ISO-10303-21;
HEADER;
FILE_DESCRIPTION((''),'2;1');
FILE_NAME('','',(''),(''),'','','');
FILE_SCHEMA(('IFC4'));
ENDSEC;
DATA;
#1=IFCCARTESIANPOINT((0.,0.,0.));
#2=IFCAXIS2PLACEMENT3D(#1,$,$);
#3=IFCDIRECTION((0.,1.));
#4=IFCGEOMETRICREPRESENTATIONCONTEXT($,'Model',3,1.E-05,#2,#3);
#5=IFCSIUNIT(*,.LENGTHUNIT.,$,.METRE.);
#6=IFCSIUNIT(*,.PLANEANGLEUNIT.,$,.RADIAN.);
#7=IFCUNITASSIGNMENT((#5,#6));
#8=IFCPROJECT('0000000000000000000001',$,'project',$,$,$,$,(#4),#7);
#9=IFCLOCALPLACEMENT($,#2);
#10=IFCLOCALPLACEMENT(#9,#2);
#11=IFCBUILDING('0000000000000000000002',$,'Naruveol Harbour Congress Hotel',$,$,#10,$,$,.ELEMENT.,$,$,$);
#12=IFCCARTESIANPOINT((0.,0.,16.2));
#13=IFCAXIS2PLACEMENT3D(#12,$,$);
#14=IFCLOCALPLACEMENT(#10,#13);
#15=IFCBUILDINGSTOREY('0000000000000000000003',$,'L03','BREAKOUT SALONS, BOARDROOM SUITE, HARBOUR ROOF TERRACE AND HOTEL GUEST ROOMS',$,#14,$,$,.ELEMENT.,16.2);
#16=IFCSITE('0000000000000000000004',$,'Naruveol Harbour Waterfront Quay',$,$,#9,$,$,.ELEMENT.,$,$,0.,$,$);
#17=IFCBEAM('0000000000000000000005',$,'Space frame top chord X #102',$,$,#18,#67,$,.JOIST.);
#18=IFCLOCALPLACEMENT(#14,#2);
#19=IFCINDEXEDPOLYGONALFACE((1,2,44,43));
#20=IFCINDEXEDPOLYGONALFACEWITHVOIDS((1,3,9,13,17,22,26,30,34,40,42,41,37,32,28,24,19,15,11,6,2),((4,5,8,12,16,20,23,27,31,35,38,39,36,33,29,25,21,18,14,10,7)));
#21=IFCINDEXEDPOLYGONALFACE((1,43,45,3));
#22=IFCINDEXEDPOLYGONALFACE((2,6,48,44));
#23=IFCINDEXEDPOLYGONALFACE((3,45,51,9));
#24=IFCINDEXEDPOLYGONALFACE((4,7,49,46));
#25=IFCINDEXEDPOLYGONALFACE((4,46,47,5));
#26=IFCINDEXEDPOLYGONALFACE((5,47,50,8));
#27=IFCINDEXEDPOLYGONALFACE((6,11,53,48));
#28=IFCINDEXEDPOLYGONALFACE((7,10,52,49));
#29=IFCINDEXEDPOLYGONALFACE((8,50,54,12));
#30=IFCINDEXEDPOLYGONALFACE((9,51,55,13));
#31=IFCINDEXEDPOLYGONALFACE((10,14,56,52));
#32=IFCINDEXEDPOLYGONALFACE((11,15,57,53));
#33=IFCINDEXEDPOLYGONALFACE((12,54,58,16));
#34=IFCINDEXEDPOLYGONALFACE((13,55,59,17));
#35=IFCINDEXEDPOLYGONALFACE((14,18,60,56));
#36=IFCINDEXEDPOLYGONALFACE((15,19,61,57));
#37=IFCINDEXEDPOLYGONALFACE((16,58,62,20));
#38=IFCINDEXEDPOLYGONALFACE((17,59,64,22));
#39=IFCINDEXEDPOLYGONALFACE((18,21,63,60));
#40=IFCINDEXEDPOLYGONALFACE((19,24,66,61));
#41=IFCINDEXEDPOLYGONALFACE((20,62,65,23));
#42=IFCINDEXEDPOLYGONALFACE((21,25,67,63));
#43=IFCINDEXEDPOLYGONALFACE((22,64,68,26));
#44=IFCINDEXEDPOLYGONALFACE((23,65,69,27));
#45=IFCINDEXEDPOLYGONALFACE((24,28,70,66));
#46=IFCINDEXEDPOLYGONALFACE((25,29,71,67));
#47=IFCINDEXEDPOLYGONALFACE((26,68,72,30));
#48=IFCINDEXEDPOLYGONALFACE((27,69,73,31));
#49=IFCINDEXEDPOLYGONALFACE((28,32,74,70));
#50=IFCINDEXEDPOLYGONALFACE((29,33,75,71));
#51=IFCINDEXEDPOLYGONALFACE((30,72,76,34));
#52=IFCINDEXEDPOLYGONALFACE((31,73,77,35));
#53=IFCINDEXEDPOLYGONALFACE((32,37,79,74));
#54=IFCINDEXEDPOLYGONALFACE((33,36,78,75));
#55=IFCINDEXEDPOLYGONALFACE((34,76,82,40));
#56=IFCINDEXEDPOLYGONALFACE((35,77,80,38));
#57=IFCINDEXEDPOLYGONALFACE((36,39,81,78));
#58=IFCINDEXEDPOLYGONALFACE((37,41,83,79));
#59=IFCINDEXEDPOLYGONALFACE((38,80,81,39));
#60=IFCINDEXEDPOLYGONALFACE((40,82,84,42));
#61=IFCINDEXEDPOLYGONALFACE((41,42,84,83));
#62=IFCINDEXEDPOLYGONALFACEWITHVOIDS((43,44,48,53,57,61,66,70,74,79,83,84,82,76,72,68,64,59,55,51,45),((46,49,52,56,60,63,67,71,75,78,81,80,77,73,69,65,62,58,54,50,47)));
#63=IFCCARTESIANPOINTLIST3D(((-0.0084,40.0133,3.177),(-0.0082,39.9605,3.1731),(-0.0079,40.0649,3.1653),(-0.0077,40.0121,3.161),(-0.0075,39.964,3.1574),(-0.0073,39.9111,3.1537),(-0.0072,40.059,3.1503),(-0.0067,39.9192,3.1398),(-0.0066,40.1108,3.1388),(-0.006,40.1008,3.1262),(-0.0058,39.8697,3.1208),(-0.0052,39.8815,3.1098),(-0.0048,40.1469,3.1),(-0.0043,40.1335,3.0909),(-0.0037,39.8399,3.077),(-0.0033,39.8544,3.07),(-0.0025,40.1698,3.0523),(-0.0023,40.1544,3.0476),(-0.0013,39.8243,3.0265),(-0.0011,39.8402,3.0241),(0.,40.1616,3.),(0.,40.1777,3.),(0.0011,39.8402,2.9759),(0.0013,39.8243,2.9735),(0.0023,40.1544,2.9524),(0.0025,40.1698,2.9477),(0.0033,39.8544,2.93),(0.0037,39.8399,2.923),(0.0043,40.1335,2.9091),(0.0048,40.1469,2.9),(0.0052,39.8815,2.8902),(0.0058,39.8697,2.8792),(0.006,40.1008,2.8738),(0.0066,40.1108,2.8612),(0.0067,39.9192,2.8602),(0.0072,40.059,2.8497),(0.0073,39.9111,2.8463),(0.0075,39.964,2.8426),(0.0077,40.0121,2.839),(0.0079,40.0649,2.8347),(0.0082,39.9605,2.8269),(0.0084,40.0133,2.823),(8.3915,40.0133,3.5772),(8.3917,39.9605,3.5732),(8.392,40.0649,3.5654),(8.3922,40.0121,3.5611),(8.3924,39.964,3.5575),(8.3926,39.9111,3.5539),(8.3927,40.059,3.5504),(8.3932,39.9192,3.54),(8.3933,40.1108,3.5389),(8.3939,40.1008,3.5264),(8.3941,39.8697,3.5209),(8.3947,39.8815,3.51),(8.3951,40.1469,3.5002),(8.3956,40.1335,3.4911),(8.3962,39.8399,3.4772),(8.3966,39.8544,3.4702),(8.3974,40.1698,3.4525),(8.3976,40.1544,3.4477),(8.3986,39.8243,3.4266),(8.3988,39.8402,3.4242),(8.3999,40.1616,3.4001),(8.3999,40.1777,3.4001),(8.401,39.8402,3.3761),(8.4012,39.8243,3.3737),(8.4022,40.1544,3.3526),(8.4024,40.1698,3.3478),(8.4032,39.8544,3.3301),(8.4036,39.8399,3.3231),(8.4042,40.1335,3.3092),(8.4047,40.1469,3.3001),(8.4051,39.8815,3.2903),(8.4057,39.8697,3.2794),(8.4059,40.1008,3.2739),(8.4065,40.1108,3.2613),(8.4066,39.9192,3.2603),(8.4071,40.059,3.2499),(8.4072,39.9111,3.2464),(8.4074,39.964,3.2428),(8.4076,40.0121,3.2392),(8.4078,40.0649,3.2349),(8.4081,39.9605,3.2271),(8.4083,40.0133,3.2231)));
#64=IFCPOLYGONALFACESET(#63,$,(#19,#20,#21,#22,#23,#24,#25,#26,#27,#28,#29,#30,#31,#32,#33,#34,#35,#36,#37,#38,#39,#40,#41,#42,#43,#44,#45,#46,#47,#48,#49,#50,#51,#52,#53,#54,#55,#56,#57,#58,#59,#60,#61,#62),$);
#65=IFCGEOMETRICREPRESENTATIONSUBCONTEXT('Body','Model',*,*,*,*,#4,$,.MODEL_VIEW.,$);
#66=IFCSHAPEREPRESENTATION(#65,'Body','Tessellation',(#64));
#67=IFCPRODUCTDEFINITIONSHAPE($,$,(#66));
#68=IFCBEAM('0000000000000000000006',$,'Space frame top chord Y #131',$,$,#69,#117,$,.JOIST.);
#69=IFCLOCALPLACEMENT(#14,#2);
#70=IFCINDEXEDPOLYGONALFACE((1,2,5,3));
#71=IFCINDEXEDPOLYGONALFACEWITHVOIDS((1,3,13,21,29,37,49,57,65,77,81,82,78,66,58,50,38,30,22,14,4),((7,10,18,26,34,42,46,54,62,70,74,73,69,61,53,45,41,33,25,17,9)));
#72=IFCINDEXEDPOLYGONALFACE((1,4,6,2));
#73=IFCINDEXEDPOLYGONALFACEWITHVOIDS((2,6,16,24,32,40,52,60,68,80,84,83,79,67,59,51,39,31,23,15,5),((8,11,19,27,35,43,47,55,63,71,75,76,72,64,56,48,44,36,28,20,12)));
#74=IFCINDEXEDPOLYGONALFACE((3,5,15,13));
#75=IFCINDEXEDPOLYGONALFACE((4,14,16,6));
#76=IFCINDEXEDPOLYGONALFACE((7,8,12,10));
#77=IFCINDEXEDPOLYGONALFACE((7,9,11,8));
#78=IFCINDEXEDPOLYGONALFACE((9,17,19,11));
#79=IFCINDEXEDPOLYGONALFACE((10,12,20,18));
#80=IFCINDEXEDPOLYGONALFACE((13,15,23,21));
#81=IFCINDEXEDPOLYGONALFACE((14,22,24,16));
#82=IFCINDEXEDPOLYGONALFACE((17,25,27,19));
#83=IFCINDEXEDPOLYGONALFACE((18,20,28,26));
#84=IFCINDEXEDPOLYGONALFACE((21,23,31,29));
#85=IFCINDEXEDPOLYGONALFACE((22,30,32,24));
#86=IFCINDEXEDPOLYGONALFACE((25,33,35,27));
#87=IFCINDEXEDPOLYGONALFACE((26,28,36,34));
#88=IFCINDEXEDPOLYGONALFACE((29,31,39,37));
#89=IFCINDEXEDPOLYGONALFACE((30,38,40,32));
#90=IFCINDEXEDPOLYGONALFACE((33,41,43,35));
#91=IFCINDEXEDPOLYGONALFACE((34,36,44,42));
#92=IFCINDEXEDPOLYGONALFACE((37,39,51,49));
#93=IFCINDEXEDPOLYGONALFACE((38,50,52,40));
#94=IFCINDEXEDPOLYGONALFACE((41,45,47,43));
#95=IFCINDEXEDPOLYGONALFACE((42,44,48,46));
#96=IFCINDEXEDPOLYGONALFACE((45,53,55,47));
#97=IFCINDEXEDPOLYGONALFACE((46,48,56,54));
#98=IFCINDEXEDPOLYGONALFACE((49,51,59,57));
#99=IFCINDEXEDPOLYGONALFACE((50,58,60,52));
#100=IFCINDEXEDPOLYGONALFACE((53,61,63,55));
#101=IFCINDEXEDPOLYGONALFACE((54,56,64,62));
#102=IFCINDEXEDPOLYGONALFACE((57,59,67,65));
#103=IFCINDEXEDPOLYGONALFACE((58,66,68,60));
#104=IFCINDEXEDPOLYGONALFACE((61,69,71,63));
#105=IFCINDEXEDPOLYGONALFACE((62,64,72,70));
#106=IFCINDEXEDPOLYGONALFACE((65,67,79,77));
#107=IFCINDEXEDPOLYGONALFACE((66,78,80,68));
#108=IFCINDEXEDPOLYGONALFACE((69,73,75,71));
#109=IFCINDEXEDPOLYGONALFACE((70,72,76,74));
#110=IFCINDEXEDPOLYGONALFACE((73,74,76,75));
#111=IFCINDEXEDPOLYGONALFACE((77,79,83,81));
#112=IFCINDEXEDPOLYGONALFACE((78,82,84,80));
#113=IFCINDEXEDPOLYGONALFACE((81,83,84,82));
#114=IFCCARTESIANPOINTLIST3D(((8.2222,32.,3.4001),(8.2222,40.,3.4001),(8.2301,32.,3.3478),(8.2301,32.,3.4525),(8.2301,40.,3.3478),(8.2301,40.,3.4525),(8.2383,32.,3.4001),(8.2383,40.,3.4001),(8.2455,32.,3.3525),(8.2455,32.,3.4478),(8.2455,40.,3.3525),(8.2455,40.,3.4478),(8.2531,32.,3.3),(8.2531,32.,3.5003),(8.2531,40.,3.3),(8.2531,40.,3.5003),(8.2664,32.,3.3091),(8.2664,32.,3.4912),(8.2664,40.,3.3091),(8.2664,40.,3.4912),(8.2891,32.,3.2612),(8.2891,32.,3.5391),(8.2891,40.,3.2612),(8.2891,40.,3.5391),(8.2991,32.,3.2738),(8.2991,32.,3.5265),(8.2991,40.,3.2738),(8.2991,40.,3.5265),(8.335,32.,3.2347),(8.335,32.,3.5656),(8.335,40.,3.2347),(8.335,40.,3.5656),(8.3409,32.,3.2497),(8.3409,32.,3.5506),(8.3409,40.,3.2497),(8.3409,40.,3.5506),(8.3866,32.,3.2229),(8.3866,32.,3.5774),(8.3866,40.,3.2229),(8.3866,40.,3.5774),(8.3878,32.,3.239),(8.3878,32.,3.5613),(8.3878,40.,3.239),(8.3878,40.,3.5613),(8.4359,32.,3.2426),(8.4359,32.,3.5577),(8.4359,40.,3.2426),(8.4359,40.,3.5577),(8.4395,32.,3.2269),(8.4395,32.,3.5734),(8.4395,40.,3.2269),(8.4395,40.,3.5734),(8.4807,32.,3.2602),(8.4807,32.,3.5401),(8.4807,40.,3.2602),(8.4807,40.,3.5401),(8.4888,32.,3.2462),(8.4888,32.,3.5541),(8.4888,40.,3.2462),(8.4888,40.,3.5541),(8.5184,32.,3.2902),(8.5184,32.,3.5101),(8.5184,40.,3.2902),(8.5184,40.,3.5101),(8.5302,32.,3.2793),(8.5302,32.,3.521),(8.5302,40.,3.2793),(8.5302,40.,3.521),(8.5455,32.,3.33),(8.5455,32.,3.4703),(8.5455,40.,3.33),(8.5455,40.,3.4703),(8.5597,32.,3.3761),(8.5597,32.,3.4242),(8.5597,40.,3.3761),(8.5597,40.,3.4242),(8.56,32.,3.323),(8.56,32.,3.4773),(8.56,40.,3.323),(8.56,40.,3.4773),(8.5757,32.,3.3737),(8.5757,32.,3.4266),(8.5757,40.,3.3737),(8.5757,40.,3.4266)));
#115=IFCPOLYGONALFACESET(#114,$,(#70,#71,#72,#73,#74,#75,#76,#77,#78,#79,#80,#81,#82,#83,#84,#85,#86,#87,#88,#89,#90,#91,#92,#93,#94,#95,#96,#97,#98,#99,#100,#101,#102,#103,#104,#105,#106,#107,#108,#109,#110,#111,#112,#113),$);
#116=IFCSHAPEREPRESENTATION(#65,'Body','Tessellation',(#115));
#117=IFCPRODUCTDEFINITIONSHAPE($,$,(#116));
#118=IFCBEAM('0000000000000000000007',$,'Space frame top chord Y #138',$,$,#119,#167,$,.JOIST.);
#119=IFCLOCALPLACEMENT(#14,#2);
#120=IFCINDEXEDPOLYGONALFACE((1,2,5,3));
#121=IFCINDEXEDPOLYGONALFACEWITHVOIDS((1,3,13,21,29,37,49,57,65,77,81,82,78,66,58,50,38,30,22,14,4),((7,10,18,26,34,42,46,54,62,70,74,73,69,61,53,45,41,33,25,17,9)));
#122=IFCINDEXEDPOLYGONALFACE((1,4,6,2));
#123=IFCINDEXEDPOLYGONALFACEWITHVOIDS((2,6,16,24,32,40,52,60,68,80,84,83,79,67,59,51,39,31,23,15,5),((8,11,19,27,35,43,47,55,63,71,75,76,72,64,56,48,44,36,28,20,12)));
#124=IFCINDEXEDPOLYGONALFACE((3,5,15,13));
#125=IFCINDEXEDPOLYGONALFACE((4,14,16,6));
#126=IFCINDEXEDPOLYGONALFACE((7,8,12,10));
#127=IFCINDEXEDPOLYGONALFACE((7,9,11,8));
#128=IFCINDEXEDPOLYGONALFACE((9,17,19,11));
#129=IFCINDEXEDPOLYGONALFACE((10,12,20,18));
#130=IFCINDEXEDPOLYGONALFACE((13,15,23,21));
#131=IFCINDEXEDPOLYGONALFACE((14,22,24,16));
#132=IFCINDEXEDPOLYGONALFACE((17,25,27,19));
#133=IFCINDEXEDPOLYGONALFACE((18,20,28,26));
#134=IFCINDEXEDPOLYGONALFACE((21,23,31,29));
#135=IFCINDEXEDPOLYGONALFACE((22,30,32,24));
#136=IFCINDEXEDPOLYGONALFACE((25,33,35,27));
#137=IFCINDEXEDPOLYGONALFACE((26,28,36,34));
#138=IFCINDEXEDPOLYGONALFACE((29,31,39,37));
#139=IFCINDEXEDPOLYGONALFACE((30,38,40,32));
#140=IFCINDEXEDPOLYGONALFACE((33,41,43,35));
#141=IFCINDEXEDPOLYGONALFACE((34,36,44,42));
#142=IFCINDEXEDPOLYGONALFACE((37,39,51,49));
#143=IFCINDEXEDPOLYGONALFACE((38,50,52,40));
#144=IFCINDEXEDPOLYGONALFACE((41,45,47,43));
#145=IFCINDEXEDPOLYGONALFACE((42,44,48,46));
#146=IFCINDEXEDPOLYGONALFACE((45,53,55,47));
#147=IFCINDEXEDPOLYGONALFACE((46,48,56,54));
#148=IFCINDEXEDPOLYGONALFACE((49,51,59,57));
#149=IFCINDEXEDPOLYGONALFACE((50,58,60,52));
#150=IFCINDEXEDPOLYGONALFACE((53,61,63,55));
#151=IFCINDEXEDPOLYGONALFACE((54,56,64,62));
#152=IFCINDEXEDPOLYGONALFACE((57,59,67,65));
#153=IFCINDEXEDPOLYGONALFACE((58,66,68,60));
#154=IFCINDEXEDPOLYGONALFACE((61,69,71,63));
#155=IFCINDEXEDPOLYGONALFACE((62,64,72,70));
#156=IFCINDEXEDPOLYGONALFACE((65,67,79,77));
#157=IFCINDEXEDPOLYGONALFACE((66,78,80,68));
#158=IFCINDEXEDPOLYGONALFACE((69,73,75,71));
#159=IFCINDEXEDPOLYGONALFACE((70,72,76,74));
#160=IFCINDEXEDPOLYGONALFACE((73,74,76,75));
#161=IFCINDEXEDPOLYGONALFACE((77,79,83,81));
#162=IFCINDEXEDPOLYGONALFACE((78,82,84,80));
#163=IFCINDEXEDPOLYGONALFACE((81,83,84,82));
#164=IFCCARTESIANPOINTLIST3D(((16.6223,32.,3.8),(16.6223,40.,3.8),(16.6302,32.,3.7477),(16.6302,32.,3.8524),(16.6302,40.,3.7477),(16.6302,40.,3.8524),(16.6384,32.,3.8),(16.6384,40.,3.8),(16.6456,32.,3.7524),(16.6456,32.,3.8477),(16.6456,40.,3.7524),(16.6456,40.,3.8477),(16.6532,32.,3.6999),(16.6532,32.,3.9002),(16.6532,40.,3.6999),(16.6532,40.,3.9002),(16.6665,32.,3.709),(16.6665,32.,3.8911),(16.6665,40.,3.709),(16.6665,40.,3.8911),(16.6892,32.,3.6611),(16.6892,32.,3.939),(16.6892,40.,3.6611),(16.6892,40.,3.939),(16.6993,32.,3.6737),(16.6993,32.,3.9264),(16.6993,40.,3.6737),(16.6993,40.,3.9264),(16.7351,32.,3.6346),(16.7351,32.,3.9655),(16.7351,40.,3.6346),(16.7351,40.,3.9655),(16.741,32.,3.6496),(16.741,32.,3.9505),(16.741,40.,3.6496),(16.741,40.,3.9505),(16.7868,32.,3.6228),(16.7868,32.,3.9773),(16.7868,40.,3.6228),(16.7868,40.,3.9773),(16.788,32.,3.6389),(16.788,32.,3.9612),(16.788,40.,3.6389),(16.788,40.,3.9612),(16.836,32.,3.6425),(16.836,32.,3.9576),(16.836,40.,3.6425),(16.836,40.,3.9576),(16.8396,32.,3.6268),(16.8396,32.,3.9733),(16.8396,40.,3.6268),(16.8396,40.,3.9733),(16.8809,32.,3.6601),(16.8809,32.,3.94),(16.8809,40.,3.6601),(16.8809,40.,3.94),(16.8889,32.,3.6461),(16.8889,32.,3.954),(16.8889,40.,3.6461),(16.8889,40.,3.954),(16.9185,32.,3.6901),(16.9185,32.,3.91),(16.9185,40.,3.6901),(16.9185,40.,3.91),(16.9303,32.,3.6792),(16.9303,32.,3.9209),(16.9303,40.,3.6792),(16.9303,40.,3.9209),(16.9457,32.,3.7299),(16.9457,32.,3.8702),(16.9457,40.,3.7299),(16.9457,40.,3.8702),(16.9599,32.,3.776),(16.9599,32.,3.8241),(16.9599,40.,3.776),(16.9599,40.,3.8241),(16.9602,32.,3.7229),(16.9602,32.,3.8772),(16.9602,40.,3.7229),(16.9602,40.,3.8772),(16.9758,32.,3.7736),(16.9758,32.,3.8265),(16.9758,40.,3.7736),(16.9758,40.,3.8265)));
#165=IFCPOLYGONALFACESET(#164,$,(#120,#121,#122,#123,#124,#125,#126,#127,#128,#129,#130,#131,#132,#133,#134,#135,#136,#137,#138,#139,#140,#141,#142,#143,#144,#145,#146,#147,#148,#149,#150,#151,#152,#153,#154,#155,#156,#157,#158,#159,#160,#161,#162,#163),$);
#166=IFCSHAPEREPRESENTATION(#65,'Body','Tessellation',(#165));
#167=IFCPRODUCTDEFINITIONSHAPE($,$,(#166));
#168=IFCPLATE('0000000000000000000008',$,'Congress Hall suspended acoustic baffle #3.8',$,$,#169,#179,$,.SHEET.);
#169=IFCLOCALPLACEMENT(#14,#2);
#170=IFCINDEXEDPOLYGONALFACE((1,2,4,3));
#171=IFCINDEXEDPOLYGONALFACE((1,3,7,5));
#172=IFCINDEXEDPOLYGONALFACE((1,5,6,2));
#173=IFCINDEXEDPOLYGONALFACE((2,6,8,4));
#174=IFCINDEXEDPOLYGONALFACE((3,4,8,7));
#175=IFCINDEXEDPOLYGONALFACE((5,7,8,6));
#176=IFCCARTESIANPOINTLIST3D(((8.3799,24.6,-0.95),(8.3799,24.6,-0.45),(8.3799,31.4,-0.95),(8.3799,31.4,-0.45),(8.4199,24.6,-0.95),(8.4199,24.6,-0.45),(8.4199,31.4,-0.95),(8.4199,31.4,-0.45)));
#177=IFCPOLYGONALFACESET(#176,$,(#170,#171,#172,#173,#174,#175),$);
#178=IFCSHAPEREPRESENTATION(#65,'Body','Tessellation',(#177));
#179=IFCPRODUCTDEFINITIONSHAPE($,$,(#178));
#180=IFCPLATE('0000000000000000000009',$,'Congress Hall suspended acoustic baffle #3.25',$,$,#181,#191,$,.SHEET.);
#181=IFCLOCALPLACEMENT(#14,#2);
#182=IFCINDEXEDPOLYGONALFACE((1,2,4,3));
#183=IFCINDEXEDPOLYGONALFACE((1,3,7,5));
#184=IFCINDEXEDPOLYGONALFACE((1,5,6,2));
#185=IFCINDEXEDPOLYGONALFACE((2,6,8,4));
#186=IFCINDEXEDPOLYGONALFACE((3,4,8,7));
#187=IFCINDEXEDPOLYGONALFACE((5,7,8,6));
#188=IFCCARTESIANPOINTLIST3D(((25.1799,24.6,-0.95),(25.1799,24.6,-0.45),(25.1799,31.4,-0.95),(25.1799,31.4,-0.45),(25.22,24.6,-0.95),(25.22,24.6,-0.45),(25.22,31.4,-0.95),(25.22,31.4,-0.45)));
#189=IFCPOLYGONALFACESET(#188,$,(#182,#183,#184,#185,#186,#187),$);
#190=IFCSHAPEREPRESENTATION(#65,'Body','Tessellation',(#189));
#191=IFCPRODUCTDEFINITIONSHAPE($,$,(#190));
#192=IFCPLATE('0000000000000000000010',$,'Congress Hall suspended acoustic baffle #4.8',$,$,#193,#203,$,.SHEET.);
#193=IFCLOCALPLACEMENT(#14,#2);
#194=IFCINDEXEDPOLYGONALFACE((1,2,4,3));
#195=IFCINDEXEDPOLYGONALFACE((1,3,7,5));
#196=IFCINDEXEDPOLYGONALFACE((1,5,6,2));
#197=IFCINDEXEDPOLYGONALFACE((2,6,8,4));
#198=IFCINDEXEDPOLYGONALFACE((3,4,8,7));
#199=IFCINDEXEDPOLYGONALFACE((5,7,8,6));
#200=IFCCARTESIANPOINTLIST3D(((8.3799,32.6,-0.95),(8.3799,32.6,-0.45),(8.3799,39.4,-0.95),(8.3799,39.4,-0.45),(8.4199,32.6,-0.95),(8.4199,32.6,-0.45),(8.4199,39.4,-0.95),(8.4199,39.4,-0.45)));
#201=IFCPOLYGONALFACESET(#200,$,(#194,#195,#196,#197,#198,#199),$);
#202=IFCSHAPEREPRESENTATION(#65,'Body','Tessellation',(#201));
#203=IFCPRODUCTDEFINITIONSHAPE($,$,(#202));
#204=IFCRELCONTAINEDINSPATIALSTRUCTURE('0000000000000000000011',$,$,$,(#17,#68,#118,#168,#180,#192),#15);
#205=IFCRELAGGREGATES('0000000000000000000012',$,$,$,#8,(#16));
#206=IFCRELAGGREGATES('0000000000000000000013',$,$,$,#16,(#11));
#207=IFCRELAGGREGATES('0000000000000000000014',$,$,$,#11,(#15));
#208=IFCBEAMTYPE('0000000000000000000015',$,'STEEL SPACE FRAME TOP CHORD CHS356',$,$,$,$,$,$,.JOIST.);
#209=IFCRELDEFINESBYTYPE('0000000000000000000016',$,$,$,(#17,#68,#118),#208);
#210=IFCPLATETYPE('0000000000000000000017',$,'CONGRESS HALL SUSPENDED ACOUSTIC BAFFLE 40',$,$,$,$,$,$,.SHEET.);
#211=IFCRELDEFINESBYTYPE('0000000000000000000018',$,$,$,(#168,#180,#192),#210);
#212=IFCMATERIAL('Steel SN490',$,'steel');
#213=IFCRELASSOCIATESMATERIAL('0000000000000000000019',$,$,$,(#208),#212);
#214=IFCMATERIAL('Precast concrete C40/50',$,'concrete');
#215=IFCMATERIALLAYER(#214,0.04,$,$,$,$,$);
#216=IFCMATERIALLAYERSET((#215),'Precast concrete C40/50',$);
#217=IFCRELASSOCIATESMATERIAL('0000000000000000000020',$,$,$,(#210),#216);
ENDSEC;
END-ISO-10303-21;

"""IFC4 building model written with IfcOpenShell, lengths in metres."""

from ifc_helpers import new_model, si_unit, direction, frame, origin, origin_2d, place, context, subcontext, project, spatial, rectangle, hollow_circle, extrude, material, layer, layer_set, material_profile, profile_set, type_object, element, save


model = new_model("IFC4")

# Units and contexts
model_context = context("Model", 3, precision=1e-05, world=origin(), true_north=direction((0.0, 1.0)))
body_context = subcontext(model_context, "Body", "Model", "MODEL_VIEW")
ifc_project = project(units=[si_unit("LENGTHUNIT", "METRE"), si_unit("PLANEANGLEUNIT", "RADIAN")], contexts=[model_context])

# Site, building, storey
site_placement = place(None, origin())
site = spatial("IfcSite", under=ifc_project, at=site_placement, Name="Naruveol Harbour Waterfront Quay", CompositionType="ELEMENT", RefElevation=0.0)
building_placement = place(site_placement, origin())
building = spatial("IfcBuilding", under=site, at=building_placement, Name="Naruveol Harbour Congress Hotel", CompositionType="ELEMENT")
storey_placement = place(building_placement, frame((0.0, 0.0, 16.2)))
storey = spatial("IfcBuildingStorey", under=building, at=storey_placement, Name="L03", Description="BREAKOUT SALONS, BOARDROOM SUITE, HARBOUR ROOF TERRACE AND HOTEL GUEST ROOMS", CompositionType="ELEMENT", Elevation=16.2)

# Beams
ifc_material_1 = material(Name="Steel SN490", Category="steel")
ifc_material_profile_1 = material_profile(ifc_material_1, hollow_circle(Radius=0.1777, WallThickness=0.0161, at=origin_2d()), Name="CHS-355.6x16")
ifc_profile_set_1 = profile_set([ifc_material_profile_1], Name="Steel SN490")
beam_type_1 = type_object("IfcBeamType", Name="STEEL SPACE FRAME TOP CHORD CHS356", PredefinedType="JOIST", material=ifc_profile_set_1)
beam_1_placement = place(storey_placement, frame((0.0, 40.0, 3.0), z_axis=(0.998867, 0.0, 0.047583), x_axis=(0.0, 1.0, 0.0)))
element("IfcBeam", 1, at=beam_1_placement, inside=storey, type_object=beam_type_1, Name="Space frame top chord X #102", PredefinedType="JOIST", context=body_context, shape_type="SweptSolid", body=[
    extrude(hollow_circle(Radius=0.1777, WallThickness=0.0161, at=origin_2d()), origin(), (0.0, 0.0, 1.0), 8.4094),
])
for number, where, z_axis, x_axis, name in (
    (2, (8.3999, 32.0, 3.4001), (0.0, 1.0, 0.0), (-1.0, 0.0, 0.0), "Space frame top chord Y #131"),
    (3, (16.8, 32.0, 3.8), (0.0, 1.0, 0.0), (-1.0, 0.0, 0.0), "Space frame top chord Y #138"),
):
    element("IfcBeam", number, at=place(storey_placement, frame(where, z_axis=z_axis, x_axis=x_axis)), inside=storey, type_object=beam_type_1, Name=name, PredefinedType="JOIST", context=body_context, shape_type="SweptSolid", body=[
        extrude(hollow_circle(Radius=0.1777, WallThickness=0.0161, at=origin_2d()), origin(), (0.0, 0.0, 1.0), 8.0),
    ])

# Plates
ifc_material_2 = material(Name="Precast concrete C40/50", Category="concrete")
ifc_layer_1 = layer(ifc_material_2, 0.04)
ifc_layer_set_1 = layer_set([ifc_layer_1], Name="Precast concrete C40/50")
plate_type = type_object("IfcPlateType", Name="CONGRESS HALL SUSPENDED ACOUSTIC BAFFLE 40", PredefinedType="SHEET", material=ifc_layer_set_1)
for number, where, z_axis, x_axis, name in (
    (4, (8.3999, 28.0, -0.95), (0.0, 0.0, 1.0), (1.0, 0.0, 0.0), "Congress Hall suspended acoustic baffle #3.8"),
    (5, (25.2, 28.0, -0.95), (0.0, 0.0, 1.0), (1.0, 0.0, 0.0), "Congress Hall suspended acoustic baffle #3.25"),
    (6, (8.3999, 36.0, -0.95), (0.0, 0.0, 1.0), (1.0, 0.0, 0.0), "Congress Hall suspended acoustic baffle #4.8"),
):
    element("IfcPlate", number, at=place(storey_placement, frame(where, z_axis=z_axis, x_axis=x_axis)), inside=storey, type_object=plate_type, Name=name, PredefinedType="SHEET", context=body_context, shape_type="SweptSolid", body=[
        extrude(rectangle(XDim=0.04, YDim=6.8, at=origin_2d()), origin(), (0.0, 0.0, 1.0), 0.5),
    ])

save(model, "model.ifc")
